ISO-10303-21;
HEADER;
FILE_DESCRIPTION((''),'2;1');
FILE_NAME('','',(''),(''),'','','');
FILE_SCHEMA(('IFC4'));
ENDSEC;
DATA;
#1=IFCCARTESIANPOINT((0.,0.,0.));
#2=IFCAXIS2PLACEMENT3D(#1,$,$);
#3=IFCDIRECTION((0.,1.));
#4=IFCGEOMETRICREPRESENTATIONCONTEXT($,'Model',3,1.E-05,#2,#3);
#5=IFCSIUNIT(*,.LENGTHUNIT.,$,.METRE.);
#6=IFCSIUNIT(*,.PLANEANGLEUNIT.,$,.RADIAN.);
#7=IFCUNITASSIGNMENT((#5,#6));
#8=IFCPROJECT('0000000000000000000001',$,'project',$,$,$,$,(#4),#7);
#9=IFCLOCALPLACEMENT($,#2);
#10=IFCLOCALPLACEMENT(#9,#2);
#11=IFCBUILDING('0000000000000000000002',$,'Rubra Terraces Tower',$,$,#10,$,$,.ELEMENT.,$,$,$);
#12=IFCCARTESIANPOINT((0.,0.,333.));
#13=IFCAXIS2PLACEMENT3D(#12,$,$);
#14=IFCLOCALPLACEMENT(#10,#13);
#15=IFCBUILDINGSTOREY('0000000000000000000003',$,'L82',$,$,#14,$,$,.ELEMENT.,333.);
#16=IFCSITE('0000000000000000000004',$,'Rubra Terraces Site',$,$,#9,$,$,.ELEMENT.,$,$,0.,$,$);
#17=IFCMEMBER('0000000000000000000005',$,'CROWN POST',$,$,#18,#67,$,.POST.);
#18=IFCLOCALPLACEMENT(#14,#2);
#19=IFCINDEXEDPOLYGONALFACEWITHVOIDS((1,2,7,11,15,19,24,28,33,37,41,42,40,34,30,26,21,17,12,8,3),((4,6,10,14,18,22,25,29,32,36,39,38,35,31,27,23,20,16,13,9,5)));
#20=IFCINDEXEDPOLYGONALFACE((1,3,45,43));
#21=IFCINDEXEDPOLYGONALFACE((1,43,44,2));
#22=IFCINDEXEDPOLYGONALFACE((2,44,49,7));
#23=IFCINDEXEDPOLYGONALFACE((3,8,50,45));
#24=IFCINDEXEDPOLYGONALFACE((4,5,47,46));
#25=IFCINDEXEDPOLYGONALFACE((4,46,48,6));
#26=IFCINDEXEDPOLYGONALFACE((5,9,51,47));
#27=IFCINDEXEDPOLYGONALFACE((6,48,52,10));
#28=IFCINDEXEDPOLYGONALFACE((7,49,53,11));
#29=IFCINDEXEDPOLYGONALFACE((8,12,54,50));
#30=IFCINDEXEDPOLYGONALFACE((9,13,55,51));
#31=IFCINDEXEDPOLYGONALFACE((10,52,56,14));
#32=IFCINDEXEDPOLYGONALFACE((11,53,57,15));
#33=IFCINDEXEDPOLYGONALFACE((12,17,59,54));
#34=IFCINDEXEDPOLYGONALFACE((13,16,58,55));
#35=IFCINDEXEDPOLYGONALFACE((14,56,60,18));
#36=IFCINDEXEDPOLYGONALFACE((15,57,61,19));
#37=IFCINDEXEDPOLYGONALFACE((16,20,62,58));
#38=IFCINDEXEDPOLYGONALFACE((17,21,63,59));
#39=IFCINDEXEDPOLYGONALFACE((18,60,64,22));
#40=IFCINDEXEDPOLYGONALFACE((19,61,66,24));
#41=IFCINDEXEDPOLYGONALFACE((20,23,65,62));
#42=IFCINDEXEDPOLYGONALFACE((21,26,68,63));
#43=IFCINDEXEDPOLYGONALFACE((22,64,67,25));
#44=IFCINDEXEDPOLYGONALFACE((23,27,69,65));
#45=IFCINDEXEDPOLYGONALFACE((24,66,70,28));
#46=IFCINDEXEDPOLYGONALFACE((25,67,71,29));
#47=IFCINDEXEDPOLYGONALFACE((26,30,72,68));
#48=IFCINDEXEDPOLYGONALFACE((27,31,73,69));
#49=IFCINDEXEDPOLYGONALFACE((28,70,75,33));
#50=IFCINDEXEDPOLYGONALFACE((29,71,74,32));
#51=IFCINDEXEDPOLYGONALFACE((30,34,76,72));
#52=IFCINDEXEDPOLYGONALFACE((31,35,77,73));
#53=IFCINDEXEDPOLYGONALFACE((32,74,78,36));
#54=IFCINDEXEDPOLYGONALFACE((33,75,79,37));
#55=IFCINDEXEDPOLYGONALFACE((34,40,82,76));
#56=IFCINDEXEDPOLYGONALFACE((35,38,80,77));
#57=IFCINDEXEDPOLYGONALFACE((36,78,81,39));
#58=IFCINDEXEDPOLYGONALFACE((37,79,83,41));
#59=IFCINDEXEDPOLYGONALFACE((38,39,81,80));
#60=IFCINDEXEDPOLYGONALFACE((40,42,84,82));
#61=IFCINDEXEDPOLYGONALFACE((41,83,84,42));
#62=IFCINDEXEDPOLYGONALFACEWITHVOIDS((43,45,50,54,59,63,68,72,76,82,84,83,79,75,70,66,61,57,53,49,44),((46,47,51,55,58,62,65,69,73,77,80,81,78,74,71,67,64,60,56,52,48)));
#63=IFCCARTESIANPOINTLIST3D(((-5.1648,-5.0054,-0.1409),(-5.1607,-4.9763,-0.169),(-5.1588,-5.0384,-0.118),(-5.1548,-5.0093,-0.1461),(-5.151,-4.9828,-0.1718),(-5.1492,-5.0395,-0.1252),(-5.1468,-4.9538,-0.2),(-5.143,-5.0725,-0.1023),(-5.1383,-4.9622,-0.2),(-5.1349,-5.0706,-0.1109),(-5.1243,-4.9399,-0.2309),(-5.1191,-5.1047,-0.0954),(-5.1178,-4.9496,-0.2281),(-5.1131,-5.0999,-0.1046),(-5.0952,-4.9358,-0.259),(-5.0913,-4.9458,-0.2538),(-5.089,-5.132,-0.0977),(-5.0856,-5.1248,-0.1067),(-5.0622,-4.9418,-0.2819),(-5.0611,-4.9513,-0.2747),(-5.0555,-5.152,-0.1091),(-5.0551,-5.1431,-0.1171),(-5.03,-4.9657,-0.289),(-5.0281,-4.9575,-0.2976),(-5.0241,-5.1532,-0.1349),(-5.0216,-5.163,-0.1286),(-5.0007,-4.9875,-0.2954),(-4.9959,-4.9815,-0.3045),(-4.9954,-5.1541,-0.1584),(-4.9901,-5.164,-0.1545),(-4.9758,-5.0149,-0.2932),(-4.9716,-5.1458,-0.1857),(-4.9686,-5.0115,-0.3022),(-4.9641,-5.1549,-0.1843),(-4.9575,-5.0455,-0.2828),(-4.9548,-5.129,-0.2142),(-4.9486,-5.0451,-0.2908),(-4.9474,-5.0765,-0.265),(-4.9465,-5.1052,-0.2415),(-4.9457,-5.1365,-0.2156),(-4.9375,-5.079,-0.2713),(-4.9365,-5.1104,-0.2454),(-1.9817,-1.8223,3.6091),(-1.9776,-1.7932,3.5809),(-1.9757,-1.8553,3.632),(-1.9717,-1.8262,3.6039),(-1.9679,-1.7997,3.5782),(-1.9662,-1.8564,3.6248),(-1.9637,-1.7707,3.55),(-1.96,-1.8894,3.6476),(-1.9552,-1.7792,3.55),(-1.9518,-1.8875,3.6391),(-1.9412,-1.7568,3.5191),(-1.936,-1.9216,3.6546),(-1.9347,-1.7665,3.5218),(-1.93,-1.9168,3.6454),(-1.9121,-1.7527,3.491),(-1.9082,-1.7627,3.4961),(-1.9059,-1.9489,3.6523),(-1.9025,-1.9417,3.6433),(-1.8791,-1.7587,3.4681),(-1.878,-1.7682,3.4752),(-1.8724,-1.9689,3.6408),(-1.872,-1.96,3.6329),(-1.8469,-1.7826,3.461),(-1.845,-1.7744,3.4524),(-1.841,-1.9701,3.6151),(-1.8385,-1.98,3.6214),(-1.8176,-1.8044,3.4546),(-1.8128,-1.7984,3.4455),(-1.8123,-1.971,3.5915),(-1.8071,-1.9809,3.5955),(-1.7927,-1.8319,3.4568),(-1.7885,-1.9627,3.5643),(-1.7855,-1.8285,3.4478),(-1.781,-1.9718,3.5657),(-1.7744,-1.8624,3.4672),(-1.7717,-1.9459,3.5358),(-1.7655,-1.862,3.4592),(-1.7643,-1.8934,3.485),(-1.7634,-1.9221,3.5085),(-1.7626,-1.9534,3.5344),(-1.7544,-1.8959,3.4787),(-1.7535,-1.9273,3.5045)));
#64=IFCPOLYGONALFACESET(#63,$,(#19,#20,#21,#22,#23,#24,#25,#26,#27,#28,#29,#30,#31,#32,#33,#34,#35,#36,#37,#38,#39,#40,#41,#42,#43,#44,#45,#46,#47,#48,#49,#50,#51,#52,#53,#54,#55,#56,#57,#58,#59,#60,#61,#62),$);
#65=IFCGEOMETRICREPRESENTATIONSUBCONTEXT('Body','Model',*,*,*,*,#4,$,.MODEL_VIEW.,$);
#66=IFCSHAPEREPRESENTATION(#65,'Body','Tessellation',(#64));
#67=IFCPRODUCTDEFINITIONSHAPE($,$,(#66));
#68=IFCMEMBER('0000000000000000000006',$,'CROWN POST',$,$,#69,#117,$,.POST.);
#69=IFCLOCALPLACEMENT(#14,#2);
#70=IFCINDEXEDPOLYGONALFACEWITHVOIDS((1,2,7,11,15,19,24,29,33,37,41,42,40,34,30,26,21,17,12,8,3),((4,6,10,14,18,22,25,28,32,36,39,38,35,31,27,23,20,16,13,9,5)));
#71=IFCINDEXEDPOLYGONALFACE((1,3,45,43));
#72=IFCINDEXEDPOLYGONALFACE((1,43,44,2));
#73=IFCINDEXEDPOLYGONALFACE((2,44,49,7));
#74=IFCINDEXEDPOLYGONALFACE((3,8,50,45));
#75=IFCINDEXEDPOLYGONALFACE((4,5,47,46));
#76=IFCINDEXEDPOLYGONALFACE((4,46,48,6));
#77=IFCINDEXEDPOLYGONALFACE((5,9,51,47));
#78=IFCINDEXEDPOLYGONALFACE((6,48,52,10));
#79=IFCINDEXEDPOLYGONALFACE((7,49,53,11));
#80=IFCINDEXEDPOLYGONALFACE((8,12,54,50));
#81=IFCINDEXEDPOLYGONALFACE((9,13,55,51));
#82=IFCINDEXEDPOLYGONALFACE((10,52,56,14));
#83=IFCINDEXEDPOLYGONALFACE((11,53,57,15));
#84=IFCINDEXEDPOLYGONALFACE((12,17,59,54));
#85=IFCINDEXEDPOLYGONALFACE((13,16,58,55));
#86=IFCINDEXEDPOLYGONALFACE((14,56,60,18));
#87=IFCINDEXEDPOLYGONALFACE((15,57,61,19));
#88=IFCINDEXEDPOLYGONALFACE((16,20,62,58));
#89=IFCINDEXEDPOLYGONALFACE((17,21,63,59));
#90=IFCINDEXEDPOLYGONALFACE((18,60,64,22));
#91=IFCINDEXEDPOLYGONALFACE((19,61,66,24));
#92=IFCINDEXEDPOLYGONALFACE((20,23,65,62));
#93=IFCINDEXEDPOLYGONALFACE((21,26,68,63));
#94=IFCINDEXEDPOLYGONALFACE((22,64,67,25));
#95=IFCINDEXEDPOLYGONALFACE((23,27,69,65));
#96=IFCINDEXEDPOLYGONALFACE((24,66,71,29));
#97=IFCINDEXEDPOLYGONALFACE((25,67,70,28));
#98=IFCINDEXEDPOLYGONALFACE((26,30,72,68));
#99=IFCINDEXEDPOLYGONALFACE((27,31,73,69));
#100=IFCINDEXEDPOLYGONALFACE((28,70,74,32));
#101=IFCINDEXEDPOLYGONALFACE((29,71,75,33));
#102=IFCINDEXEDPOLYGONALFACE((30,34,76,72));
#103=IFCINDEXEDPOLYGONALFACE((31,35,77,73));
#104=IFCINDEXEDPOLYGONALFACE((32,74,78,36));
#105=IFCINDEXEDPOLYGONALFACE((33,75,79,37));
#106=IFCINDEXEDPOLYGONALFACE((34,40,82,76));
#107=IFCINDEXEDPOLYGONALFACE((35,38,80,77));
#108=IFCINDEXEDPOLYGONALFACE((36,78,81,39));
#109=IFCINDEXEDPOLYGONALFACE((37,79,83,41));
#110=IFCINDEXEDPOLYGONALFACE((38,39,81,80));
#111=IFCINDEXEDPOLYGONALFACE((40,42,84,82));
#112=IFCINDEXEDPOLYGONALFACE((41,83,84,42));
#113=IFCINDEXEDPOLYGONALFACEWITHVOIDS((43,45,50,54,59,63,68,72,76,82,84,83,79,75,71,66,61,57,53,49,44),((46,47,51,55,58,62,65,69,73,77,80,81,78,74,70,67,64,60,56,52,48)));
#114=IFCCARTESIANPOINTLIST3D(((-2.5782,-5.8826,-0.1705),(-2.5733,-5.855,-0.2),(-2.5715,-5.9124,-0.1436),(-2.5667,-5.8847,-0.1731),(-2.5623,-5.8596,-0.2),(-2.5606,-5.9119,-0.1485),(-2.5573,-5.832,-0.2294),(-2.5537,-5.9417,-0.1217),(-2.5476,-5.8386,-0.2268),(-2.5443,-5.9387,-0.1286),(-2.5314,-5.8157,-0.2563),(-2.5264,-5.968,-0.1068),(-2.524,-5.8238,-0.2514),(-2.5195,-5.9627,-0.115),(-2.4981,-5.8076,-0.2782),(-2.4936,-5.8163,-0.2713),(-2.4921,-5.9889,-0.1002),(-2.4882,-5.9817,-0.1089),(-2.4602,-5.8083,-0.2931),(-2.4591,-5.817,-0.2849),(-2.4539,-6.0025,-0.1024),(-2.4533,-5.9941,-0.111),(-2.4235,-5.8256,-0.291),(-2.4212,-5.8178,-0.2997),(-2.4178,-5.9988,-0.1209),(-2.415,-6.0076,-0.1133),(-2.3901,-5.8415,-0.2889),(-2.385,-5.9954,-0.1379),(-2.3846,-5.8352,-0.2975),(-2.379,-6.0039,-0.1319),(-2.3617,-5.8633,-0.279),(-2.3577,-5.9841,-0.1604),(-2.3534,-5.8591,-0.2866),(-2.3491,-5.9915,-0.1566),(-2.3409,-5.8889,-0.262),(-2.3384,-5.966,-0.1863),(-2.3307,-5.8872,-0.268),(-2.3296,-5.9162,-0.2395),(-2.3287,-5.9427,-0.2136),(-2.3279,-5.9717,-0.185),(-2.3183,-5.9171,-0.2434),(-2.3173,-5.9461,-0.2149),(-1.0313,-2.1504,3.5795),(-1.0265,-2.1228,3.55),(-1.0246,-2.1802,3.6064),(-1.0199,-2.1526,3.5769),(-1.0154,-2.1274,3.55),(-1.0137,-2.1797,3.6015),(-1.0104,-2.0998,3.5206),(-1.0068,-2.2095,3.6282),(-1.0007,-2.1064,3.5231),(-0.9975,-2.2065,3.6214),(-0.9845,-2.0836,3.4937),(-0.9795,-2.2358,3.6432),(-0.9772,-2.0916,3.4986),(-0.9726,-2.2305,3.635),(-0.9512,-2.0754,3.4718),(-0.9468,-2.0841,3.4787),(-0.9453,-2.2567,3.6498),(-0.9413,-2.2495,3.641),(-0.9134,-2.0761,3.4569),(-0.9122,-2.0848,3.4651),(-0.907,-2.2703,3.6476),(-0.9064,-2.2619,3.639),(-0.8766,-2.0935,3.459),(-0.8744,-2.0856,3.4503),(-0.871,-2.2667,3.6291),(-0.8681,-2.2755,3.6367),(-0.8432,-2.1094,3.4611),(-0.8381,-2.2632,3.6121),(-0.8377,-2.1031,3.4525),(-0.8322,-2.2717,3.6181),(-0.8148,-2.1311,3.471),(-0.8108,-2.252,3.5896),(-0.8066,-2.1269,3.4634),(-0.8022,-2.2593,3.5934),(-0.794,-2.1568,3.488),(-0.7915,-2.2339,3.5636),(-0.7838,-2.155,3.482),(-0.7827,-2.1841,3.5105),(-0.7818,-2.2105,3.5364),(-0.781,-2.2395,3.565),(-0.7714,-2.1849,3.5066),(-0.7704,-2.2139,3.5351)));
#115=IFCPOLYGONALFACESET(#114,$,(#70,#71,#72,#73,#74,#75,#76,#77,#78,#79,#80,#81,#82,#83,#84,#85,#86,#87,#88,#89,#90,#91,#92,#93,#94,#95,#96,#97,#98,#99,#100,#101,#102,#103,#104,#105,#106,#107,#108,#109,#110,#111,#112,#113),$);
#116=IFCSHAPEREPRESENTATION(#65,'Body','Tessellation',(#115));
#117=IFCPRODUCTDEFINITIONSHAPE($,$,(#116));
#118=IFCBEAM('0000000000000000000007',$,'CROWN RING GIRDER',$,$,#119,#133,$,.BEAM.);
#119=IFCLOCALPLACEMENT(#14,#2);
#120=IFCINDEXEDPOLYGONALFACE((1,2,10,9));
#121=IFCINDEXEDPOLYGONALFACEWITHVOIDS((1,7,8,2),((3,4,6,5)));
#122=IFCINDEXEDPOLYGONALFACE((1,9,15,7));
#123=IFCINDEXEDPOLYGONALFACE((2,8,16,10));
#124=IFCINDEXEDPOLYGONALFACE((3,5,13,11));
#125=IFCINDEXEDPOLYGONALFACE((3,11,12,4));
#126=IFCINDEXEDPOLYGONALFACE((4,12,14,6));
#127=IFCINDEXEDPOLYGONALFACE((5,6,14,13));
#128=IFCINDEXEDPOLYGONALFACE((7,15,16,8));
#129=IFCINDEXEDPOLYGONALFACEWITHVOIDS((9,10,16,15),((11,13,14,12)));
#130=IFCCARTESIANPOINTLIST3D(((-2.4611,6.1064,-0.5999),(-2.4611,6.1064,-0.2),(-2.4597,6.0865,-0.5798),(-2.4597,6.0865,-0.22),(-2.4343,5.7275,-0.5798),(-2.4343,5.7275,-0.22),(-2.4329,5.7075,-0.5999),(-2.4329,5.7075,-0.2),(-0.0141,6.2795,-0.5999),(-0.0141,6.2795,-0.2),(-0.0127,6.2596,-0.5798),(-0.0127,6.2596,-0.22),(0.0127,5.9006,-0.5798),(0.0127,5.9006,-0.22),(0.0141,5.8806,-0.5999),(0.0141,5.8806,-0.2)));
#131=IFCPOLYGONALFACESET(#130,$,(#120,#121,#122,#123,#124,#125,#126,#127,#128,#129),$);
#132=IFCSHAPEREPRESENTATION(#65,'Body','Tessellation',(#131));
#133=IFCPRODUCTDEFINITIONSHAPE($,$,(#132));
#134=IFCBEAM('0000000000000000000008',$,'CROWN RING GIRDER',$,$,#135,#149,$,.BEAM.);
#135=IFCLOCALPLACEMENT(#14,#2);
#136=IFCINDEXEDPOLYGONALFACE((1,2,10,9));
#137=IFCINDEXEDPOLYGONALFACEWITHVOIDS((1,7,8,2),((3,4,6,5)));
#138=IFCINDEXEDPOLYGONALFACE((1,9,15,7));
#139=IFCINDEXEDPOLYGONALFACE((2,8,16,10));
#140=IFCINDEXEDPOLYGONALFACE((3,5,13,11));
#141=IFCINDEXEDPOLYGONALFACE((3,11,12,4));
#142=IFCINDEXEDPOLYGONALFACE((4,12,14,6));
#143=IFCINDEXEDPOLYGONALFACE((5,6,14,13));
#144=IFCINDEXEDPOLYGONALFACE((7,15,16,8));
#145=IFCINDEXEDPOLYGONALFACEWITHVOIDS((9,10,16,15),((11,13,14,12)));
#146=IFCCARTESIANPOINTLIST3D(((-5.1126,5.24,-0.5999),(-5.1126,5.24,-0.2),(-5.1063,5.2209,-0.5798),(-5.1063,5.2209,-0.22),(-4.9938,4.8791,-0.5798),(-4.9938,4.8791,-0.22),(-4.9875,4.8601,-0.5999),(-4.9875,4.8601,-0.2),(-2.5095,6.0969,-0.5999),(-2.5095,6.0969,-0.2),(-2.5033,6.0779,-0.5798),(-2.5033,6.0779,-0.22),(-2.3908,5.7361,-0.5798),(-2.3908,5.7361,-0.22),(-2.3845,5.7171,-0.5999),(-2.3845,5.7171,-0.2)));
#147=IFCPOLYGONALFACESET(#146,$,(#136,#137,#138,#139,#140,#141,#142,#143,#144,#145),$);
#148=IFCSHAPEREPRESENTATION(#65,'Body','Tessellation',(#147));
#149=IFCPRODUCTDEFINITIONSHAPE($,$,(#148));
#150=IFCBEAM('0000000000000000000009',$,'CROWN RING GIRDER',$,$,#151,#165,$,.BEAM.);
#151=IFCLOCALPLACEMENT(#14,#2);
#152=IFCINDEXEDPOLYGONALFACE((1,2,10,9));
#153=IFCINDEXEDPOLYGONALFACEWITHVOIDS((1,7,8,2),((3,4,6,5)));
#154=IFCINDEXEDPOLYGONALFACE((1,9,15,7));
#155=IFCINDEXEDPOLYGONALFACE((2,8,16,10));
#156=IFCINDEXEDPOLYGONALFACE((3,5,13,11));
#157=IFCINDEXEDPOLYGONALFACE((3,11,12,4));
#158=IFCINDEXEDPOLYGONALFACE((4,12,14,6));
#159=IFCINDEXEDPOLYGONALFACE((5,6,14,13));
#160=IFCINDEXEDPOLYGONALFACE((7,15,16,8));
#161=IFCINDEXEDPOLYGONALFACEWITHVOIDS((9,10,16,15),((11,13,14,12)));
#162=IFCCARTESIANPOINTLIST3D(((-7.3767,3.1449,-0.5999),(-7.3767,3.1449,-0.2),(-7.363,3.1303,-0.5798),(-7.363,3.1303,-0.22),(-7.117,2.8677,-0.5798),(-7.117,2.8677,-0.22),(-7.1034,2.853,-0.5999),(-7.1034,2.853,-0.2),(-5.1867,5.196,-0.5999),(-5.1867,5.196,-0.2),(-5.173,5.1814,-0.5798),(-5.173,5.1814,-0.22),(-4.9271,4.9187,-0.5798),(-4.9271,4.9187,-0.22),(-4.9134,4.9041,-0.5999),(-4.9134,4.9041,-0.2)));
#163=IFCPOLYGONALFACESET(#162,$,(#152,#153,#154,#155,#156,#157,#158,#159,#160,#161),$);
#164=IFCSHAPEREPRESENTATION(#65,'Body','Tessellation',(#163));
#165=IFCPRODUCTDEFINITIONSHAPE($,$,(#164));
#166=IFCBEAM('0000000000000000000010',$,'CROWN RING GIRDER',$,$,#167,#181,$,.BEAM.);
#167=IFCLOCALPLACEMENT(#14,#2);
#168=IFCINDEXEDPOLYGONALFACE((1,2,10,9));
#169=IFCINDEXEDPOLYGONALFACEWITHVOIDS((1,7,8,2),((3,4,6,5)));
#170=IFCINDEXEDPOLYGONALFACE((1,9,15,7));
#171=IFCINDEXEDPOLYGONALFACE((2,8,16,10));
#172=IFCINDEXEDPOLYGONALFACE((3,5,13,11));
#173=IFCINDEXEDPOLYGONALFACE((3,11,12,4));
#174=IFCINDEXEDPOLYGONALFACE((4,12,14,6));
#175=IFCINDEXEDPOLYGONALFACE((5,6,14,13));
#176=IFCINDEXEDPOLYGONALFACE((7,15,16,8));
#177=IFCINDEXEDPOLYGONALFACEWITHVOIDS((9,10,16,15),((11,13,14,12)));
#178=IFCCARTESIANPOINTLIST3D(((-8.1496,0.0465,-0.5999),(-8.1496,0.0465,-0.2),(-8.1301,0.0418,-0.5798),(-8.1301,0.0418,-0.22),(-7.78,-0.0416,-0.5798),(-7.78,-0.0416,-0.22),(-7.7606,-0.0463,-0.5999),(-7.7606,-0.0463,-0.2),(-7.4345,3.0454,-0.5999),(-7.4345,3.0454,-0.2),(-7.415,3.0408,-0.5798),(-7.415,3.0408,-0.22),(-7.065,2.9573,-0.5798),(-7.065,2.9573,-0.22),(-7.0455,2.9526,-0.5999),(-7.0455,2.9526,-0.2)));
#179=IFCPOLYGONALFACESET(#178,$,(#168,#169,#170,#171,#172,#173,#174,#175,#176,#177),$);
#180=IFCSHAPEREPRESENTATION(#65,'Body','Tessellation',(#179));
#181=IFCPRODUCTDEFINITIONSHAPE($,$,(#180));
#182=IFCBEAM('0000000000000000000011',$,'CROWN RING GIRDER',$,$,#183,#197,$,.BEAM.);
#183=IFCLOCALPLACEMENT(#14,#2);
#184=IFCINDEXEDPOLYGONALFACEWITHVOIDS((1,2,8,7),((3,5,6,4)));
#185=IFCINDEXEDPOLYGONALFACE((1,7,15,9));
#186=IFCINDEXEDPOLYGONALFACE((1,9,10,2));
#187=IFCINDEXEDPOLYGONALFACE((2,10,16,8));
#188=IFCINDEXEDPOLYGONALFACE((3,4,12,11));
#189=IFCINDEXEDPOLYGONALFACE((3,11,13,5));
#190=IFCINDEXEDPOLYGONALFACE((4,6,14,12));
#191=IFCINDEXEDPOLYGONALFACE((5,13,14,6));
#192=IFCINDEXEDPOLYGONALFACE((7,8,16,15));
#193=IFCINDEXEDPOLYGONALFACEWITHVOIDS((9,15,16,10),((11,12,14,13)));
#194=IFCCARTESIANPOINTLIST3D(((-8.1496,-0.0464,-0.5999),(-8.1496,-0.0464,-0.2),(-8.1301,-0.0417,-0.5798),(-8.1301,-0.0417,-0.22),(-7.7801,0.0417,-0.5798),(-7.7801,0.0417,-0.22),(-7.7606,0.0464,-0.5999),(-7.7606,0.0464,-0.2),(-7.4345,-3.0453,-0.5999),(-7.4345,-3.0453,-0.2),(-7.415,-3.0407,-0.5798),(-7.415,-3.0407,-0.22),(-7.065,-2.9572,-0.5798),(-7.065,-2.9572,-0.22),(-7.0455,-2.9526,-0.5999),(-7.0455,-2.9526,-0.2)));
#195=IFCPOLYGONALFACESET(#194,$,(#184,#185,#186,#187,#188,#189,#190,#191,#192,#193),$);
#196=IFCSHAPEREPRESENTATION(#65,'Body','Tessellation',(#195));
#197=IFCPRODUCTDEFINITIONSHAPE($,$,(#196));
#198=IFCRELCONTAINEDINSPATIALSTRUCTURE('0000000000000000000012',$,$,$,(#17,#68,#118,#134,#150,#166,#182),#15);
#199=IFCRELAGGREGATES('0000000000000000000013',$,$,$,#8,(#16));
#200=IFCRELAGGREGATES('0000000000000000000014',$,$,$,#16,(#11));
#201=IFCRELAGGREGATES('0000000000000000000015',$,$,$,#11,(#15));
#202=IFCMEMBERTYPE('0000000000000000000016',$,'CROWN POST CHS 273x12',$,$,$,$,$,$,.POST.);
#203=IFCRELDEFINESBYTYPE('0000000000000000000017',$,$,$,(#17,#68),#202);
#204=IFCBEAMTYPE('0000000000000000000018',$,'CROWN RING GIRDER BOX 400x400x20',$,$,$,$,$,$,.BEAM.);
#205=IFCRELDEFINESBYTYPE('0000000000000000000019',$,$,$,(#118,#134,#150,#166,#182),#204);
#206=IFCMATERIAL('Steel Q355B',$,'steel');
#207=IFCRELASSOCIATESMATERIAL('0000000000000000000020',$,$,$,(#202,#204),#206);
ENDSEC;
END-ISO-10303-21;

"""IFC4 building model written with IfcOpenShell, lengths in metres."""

from ifc_helpers import new_model, si_unit, direction, frame, origin, origin_2d, place, context, subcontext, project, spatial, hollow_rectangle, hollow_circle, extrude, material, material_profile, profile_set, type_object, element, save


model = new_model("IFC4")

# Units and contexts
model_context = context("Model", 3, precision=1e-05, world=origin(), true_north=direction((0.0, 1.0)))
body_context = subcontext(model_context, "Body", "Model", "MODEL_VIEW")
ifc_project = project(units=[si_unit("LENGTHUNIT", "METRE"), si_unit("PLANEANGLEUNIT", "RADIAN")], contexts=[model_context])

# Site, building, storey
site_placement = place(None, origin())
site = spatial("IfcSite", under=ifc_project, at=site_placement, Name="Rubra Terraces Site", CompositionType="ELEMENT", RefElevation=0.0)
building_placement = place(site_placement, origin())
building = spatial("IfcBuilding", under=site, at=building_placement, Name="Rubra Terraces Tower", CompositionType="ELEMENT")
storey_placement = place(building_placement, frame((0.0, 0.0, 333.0)))
storey = spatial("IfcBuildingStorey", under=building, at=storey_placement, Name="L82", CompositionType="ELEMENT", Elevation=333.0)

# Members
ifc_material_1 = material(Name="Steel Q355B", Category="steel")
ifc_material_profile_1 = material_profile(ifc_material_1, hollow_circle(Radius=0.1365, WallThickness=0.012, at=origin_2d()), Name="CHS 273x12")
ifc_profile_set_1 = profile_set([ifc_material_profile_1], Name="Steel Q355B")
member_type_1 = type_object("IfcMemberType", Name="CROWN POST CHS 273x12", PredefinedType="POST", material=ifc_profile_set_1)
member_1_placement = place(storey_placement, frame((-5.0503, -5.0503, -0.2), z_axis=(0.543293, 0.543293, 0.640051), x_axis=(-0.707107, 0.707107, 0.0)))
element("IfcMember", 1, at=member_1_placement, inside=storey, type_object=member_type_1, Name="CROWN POST", PredefinedType="POST", context=body_context, shape_type="SweptSolid", body=[
    extrude(hollow_circle(Radius=0.1365, WallThickness=0.012, at=origin_2d()), origin(), (0.0, 0.0, 1.0), 5.8589),
])
member_2_placement = place(storey_placement, frame((-2.4473, -5.9072, -0.2), z_axis=(0.280627, 0.677075, 0.680308), x_axis=(-0.923796, 0.382885, 0.0)))
element("IfcMember", 2, at=member_2_placement, inside=storey, type_object=member_type_1, Name="CROWN POST", PredefinedType="POST", context=body_context, shape_type="SweptSolid", body=[
    extrude(hollow_circle(Radius=0.1365, WallThickness=0.012, at=origin_2d()), origin(), (0.0, 0.0, 1.0), 5.5122),
])

# Beams
ifc_material_profile_2 = material_profile(ifc_material_1, hollow_rectangle(XDim=0.3999, YDim=0.3999, WallThickness=0.02, at=origin_2d()), Name="BOX 400x400x20")
ifc_profile_set_2 = profile_set([ifc_material_profile_2], Name="Steel Q355B")
beam_type_1 = type_object("IfcBeamType", Name="CROWN RING GIRDER BOX 400x400x20", PredefinedType="BEAM", material=ifc_profile_set_2)
beam_1_placement = place(storey_placement, frame((0.0, 6.0801, -0.3999), z_axis=(-0.997507, -0.070561, 0.0), x_axis=(0.070561, -0.997507, 0.0)))
element("IfcBeam", 3, at=beam_1_placement, inside=storey, type_object=beam_type_1, Name="CROWN RING GIRDER", PredefinedType="BEAM", context=body_context, shape_type="SweptSolid", body=[
    extrude(hollow_rectangle(XDim=0.3999, YDim=0.3999, WallThickness=0.02, at=origin_2d()), origin(), (0.0, 0.0, 1.0), 2.4531),
])
beam_2_placement = place(storey_placement, frame((-2.447, 5.907, -0.3999), z_axis=(-0.949853, -0.312698, 0.0), x_axis=(0.312698, -0.949853, 0.0)))
element("IfcBeam", 4, at=beam_2_placement, inside=storey, type_object=beam_type_1, Name="CROWN RING GIRDER", PredefinedType="BEAM", context=body_context, shape_type="SweptSolid", body=[
    extrude(hollow_rectangle(XDim=0.3999, YDim=0.3999, WallThickness=0.02, at=origin_2d()), origin(), (0.0, 0.0, 1.0), 2.7405),
])
beam_3_placement = place(storey_placement, frame((-5.05, 5.05, -0.3999), z_axis=(-0.729877, -0.683578, 0.0), x_axis=(0.683578, -0.729877, 0.0)))
element("IfcBeam", 5, at=beam_3_placement, inside=storey, type_object=beam_type_1, Name="CROWN RING GIRDER", PredefinedType="BEAM", context=body_context, shape_type="SweptSolid", body=[
    extrude(hollow_rectangle(XDim=0.3999, YDim=0.3999, WallThickness=0.02, at=origin_2d()), origin(), (0.0, 0.0, 1.0), 3.0005),
])
for number, where, z_axis, x_axis, name in (
    (6, (-7.24, 2.999, -0.3999), (-0.231938, -0.972731, 0.0), (0.972731, -0.231938, 0.0), "CROWN RING GIRDER"),
    (7, (-7.9551, 0.0, -0.3999), (0.231938, -0.972731, 0.0), (0.972731, 0.231938, 0.0), "CROWN RING GIRDER"),
):
    element("IfcBeam", number, at=place(storey_placement, frame(where, z_axis=z_axis, x_axis=x_axis)), inside=storey, type_object=beam_type_1, Name=name, PredefinedType="BEAM", context=body_context, shape_type="SweptSolid", body=[
        extrude(hollow_rectangle(XDim=0.3999, YDim=0.3999, WallThickness=0.02, at=origin_2d()), origin(), (0.0, 0.0, 1.0), 3.083),
    ])

save(model, "model.ifc")
